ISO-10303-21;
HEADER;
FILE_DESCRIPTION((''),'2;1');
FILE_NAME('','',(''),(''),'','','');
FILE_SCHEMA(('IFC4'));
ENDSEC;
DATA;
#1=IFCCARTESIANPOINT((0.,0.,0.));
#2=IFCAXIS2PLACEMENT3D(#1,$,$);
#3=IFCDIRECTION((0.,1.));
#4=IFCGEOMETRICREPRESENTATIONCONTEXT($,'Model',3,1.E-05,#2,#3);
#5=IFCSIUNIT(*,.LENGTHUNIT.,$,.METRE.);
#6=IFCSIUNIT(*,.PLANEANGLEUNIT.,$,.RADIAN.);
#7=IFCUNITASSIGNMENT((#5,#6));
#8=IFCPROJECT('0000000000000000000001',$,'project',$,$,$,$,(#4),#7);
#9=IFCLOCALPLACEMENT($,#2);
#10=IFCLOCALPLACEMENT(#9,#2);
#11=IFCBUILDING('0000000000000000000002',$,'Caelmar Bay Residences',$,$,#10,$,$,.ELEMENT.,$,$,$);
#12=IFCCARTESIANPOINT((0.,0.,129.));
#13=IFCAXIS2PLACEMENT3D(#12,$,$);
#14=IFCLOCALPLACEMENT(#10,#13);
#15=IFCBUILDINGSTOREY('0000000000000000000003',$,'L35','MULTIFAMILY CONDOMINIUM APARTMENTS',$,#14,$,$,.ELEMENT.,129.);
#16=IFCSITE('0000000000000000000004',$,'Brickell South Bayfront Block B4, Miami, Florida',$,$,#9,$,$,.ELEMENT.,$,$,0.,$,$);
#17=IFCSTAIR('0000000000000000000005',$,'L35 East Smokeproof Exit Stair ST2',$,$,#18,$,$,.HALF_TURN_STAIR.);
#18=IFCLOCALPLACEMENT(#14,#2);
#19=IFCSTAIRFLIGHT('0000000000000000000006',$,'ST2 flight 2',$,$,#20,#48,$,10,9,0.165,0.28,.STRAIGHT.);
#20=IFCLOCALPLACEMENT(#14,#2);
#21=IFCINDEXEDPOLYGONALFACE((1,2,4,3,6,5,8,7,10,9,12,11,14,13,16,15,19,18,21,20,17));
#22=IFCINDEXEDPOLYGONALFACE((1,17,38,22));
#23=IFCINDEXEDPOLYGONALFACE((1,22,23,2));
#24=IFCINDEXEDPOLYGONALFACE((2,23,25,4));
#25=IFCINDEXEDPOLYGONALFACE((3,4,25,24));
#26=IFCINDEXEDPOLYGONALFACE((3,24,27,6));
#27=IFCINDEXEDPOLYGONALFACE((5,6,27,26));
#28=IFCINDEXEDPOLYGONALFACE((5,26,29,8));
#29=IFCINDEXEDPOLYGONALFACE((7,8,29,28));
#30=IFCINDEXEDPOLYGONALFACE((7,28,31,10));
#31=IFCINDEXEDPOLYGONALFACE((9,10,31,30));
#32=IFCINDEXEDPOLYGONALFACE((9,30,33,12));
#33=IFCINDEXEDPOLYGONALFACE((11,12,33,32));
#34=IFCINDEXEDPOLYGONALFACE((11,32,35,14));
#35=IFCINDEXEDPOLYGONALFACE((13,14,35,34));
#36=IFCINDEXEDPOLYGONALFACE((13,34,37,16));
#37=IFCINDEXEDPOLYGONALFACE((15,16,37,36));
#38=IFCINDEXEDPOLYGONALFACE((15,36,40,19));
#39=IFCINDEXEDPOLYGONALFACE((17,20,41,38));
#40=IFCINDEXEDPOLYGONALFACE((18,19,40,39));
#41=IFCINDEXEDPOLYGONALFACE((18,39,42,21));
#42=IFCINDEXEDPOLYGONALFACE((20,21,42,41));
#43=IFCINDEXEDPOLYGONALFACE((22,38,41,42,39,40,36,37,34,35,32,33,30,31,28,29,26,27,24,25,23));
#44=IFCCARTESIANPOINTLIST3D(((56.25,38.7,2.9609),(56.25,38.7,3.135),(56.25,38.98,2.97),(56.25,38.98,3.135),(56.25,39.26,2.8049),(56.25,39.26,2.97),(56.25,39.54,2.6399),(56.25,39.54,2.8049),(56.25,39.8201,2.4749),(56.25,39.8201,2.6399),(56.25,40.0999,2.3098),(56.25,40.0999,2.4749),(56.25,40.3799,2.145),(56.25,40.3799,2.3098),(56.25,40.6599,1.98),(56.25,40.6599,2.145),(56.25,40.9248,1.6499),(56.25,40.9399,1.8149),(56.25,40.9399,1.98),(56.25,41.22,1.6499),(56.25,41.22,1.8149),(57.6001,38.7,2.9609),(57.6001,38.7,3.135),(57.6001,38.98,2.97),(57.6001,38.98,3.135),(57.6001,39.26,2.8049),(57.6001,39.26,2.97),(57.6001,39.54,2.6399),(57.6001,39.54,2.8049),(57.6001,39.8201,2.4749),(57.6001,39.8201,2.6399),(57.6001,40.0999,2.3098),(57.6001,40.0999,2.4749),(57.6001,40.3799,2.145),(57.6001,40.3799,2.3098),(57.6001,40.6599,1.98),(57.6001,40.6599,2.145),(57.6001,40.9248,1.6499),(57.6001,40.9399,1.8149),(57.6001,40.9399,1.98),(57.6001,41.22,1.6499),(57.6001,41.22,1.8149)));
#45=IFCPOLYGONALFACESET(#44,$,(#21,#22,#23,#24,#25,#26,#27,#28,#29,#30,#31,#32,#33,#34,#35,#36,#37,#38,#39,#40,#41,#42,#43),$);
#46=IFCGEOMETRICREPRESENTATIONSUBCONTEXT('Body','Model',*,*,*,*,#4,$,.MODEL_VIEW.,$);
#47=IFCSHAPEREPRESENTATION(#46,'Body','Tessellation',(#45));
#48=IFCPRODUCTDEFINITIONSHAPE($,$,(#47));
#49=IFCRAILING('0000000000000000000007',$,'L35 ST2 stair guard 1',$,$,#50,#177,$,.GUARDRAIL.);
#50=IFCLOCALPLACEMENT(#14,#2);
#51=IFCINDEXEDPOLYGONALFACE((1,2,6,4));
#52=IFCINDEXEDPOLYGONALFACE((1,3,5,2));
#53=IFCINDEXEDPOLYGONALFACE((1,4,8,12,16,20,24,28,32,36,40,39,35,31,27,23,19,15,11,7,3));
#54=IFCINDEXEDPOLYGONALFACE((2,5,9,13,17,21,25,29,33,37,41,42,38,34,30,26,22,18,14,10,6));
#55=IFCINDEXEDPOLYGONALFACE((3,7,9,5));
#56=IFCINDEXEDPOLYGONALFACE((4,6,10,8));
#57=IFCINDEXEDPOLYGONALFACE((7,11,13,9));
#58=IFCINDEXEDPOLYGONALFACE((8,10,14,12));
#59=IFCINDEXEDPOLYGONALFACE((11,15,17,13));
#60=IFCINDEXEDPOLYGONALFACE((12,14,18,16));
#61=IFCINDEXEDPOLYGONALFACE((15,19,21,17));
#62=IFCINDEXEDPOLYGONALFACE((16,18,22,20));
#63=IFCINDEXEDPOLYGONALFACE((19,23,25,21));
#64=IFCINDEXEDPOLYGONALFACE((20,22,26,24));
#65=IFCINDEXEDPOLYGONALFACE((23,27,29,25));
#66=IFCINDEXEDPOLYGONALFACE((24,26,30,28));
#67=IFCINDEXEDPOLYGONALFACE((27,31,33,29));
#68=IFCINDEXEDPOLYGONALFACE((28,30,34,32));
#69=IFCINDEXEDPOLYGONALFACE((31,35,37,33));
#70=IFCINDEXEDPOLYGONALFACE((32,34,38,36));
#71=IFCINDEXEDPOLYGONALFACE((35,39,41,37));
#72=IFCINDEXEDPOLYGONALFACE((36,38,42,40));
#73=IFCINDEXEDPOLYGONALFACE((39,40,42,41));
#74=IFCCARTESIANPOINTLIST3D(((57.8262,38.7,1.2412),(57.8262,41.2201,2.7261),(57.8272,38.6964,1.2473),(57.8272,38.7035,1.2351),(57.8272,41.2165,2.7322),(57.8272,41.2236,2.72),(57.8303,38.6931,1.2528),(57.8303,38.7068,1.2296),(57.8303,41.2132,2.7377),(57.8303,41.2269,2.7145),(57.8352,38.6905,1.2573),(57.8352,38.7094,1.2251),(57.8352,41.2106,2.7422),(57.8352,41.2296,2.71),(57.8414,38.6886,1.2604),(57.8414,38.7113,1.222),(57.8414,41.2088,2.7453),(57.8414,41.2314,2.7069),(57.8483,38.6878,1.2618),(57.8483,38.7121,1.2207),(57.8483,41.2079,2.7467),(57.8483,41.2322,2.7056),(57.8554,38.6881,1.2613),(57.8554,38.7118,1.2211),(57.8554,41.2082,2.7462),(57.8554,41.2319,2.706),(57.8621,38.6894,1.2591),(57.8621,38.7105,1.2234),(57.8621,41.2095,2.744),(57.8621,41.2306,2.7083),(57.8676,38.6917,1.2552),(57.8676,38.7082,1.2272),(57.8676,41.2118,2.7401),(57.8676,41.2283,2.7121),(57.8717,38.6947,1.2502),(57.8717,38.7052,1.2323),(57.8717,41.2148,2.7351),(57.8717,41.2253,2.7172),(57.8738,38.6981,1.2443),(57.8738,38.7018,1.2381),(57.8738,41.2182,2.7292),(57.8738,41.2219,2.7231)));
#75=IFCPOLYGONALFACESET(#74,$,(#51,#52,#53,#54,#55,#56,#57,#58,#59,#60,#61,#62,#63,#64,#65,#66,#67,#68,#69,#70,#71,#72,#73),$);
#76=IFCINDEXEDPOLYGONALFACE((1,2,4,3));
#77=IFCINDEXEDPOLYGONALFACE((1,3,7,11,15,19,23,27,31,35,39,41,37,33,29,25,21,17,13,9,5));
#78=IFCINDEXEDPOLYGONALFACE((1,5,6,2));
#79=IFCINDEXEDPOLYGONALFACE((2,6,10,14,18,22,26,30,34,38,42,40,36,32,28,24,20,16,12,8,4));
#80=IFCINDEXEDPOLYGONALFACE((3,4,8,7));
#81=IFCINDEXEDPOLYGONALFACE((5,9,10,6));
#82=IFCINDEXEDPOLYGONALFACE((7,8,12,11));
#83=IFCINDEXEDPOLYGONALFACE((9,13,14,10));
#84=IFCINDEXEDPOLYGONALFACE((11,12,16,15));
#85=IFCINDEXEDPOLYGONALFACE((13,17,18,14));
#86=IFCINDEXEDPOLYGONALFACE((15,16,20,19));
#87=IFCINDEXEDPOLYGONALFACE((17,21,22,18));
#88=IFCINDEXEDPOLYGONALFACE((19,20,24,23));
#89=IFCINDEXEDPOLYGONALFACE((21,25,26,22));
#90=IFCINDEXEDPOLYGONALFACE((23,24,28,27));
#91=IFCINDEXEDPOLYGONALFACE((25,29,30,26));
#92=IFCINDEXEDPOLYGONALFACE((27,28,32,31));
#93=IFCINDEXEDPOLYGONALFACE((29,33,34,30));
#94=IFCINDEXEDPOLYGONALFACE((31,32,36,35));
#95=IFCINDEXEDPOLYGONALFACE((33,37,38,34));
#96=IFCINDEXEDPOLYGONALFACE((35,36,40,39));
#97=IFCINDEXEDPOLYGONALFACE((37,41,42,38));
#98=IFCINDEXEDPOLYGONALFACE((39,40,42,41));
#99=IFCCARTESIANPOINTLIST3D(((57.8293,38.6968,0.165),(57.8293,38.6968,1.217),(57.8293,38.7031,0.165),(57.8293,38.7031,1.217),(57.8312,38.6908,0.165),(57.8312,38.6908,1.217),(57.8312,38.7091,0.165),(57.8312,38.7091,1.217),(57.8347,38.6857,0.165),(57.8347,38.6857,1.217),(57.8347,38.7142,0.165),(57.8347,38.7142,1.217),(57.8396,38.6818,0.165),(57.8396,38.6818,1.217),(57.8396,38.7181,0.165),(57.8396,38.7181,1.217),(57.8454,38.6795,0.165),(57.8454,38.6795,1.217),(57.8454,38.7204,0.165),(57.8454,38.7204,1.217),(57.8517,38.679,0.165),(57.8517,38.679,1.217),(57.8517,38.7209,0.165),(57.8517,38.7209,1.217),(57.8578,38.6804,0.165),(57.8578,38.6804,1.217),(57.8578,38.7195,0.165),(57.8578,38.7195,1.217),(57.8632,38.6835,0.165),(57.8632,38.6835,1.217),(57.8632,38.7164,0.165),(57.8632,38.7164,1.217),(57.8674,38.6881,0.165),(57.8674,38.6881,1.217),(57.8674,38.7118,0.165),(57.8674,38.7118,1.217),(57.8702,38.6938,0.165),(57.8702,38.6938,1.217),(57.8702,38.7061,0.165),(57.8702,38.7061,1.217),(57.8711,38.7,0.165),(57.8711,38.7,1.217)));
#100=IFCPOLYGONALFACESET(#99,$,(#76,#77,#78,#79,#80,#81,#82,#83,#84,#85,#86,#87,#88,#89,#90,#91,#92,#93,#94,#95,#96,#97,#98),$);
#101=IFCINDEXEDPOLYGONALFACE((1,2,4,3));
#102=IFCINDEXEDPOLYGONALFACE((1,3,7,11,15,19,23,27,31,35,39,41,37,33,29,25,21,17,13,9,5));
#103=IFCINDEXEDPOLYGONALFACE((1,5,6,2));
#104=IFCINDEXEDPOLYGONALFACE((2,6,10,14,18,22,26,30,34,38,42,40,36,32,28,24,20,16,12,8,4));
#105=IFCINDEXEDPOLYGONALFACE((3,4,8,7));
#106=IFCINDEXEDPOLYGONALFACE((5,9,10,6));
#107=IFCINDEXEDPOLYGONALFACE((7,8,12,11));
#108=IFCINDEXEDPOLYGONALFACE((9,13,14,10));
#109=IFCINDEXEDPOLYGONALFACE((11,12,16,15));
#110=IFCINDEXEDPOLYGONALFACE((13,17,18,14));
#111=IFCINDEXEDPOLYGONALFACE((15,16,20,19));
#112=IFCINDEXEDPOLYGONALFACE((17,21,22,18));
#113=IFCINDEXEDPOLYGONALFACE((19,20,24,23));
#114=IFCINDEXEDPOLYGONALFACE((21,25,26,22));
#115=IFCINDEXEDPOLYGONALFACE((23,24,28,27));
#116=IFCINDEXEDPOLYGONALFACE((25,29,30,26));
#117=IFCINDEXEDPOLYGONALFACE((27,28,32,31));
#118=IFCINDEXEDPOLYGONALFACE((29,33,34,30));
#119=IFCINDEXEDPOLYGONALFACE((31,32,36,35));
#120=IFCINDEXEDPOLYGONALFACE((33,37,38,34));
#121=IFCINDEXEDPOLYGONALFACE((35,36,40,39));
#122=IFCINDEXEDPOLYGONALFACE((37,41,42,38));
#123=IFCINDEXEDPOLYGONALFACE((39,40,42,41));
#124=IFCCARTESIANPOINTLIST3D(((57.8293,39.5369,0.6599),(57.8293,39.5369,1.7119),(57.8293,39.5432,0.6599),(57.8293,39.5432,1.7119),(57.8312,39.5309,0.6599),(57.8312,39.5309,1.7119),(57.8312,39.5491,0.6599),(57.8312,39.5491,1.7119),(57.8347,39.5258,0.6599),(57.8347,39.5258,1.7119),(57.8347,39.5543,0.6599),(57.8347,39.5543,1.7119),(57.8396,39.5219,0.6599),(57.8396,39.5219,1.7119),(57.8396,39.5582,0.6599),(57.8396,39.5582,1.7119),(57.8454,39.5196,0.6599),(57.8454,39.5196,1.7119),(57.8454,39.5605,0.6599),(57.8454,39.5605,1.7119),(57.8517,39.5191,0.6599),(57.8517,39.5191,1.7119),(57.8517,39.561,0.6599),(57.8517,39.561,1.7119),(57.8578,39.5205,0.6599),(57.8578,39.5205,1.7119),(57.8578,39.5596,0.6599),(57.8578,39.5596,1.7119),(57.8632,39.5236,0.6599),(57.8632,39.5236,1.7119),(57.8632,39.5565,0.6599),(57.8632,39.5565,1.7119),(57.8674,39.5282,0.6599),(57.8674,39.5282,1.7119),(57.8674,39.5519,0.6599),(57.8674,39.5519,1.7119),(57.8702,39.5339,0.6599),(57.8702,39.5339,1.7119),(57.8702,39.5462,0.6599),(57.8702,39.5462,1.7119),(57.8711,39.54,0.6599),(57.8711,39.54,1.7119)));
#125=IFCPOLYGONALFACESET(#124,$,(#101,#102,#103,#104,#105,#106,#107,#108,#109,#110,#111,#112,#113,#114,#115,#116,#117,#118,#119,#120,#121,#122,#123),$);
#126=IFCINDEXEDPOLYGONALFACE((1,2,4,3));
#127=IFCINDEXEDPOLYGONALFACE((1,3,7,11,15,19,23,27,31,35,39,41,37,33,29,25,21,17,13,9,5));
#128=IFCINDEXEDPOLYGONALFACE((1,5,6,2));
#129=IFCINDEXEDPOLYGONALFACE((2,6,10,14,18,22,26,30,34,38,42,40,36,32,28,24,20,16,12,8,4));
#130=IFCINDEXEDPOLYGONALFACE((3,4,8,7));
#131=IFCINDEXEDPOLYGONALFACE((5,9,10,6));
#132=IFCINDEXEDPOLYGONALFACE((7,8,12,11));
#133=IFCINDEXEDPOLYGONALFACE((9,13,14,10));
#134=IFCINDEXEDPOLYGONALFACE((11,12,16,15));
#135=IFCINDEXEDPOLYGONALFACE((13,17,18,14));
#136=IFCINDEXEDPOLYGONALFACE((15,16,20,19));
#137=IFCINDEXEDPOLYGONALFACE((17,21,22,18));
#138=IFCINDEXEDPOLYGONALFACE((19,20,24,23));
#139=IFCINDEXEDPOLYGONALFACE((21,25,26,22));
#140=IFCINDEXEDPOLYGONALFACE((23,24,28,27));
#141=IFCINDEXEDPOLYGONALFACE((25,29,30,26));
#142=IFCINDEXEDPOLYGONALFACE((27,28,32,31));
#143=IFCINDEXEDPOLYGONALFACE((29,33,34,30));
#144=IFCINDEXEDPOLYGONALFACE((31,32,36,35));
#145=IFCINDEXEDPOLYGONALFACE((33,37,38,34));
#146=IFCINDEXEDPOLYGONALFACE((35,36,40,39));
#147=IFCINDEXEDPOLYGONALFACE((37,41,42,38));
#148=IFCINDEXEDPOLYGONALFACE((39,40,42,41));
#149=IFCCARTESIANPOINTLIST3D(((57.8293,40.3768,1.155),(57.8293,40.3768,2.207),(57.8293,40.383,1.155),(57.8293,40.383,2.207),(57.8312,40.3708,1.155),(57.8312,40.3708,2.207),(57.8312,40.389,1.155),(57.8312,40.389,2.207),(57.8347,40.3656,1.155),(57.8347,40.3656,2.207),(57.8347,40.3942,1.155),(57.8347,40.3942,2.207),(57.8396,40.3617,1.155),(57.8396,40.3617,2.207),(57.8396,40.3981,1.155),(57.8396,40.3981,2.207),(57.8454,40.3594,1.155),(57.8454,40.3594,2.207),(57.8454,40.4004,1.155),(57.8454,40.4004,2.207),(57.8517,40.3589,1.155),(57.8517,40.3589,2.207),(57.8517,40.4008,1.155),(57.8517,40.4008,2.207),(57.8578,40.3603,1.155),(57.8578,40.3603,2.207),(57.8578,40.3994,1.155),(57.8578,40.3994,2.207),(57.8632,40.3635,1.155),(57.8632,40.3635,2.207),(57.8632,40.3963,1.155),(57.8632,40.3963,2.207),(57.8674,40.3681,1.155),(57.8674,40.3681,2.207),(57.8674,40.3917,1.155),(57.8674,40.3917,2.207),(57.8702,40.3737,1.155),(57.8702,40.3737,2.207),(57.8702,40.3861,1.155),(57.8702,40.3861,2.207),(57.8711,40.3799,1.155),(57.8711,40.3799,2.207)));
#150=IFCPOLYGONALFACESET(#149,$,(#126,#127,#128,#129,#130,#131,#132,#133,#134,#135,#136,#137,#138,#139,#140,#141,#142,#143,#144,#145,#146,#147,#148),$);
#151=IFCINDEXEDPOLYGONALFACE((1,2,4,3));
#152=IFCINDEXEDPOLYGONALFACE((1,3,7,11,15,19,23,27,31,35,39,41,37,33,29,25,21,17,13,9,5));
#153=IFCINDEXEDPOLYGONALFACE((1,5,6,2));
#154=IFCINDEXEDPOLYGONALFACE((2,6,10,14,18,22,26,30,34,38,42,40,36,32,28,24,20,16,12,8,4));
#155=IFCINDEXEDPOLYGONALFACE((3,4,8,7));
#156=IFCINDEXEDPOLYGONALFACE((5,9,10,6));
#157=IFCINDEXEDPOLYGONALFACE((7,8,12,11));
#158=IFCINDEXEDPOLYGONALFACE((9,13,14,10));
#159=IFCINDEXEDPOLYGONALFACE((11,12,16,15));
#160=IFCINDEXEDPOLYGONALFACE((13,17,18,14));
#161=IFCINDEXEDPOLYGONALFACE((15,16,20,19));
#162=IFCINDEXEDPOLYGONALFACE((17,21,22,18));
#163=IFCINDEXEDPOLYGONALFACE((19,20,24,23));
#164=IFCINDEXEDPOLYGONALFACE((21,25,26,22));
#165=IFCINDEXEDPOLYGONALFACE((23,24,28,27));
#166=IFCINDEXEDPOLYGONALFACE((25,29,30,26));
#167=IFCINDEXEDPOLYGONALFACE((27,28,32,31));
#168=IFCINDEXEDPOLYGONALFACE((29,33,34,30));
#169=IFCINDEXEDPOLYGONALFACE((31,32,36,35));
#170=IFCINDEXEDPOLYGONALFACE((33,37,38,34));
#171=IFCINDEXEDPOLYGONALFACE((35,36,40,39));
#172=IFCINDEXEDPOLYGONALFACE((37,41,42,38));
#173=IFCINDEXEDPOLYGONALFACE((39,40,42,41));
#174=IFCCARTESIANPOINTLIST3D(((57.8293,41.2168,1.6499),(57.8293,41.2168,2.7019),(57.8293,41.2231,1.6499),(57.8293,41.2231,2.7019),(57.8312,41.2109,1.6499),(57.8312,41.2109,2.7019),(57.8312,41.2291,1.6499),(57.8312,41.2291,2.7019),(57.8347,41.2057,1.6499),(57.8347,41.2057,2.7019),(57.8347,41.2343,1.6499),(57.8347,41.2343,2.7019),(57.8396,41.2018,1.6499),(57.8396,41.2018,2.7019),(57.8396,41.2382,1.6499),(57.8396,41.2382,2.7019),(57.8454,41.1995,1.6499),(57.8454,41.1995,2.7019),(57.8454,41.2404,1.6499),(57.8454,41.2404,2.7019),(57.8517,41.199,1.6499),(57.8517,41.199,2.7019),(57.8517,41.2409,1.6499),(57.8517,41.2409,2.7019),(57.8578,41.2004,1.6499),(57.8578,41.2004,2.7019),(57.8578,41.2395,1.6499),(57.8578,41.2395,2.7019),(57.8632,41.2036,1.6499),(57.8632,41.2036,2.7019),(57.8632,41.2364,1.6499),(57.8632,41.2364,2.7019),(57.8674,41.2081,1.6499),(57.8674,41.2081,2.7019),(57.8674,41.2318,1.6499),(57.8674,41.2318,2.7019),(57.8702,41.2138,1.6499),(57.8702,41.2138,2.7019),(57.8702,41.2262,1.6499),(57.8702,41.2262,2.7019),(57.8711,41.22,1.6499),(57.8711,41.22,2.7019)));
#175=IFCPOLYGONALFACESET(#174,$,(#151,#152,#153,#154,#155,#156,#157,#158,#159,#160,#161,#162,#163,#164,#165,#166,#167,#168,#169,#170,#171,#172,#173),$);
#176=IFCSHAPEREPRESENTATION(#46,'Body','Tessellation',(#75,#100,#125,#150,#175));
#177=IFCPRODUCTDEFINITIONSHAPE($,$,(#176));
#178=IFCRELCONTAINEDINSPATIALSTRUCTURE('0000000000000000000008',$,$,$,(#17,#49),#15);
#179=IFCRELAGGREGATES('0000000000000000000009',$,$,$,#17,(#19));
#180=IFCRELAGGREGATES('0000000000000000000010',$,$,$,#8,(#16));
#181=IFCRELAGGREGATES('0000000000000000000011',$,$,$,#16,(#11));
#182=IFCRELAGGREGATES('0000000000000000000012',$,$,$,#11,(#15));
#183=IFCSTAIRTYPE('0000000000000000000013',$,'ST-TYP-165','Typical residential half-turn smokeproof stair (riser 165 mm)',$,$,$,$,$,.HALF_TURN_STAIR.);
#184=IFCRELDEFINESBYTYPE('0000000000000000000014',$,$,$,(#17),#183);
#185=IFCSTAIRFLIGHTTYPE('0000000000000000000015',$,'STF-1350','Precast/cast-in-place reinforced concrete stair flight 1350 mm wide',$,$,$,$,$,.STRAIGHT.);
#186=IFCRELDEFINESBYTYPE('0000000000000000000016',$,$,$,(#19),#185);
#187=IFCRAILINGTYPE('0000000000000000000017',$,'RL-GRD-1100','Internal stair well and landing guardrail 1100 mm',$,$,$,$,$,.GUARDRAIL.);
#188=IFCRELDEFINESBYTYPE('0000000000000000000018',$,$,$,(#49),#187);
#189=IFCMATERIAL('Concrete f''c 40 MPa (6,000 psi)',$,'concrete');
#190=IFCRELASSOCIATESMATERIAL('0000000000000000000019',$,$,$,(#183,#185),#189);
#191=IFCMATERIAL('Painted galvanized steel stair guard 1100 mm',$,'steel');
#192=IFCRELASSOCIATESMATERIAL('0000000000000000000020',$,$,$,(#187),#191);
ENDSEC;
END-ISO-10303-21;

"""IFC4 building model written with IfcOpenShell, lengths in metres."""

from ifc_helpers import new_model, si_unit, direction, frame, origin, origin_2d, place, context, subcontext, project, spatial, polyline, circle, outline, extrude, material, type_object, element, aggregate, save


model = new_model("IFC4")

# Units and contexts
model_context = context("Model", 3, precision=1e-05, world=origin(), true_north=direction((0.0, 1.0)))
body_context = subcontext(model_context, "Body", "Model", "MODEL_VIEW")
ifc_project = project(units=[si_unit("LENGTHUNIT", "METRE"), si_unit("PLANEANGLEUNIT", "RADIAN")], contexts=[model_context])

# Site, building, storey
site_placement = place(None, origin())
site = spatial("IfcSite", under=ifc_project, at=site_placement, Name="Brickell South Bayfront Block B4, Miami, Florida", CompositionType="ELEMENT", RefElevation=0.0)
building_placement = place(site_placement, origin())
building = spatial("IfcBuilding", under=site, at=building_placement, Name="Caelmar Bay Residences", CompositionType="ELEMENT")
storey_placement = place(building_placement, frame((0.0, 0.0, 129.0)))
storey = spatial("IfcBuildingStorey", under=building, at=storey_placement, Name="L35", Description="MULTIFAMILY CONDOMINIUM APARTMENTS", CompositionType="ELEMENT", Elevation=129.0)

# Stair, stair flight
ifc_material_1 = material(Name="Concrete f'c 40 MPa (6,000 psi)", Category="concrete")
stair_type = type_object("IfcStairType", Name="ST-TYP-165", Description="Typical residential half-turn smokeproof stair (riser 165 mm)", PredefinedType="HALF_TURN_STAIR", material=ifc_material_1)
stair_placement = place(storey_placement, origin())
stair = element("IfcStair", 1, at=stair_placement, inside=storey, type_object=stair_type, Name="L35 East Smokeproof Exit Stair ST2", PredefinedType="HALF_TURN_STAIR")
stair_flight_type = type_object("IfcStairFlightType", Name="STF-1350", Description="Precast/cast-in-place reinforced concrete stair flight 1350 mm wide", PredefinedType="STRAIGHT", material=ifc_material_1)
stair_flight_1_placement = place(storey_placement, frame((56.925, 41.22, 1.6499), z_axis=(0.0, 0.0, 1.0), x_axis=(0.0, -1.0, 0.0)))
stair_flight_1 = element("IfcStairFlight", 2, at=stair_flight_1_placement, type_object=stair_flight_type, Name="ST2 flight 2", NumberOfRisers=10, NumberOfTreads=9, PredefinedType="STRAIGHT", RiserHeight=0.165, TreadLength=0.28, context=body_context, shape_type="SweptSolid", body=[
    extrude(outline(polyline([(0.0, 0.0), (0.0, 0.165), (0.28, 0.165), (0.28, 0.3301), (0.5601, 0.3301), (0.5601, 0.4951), (0.8401, 0.4951), (0.8401, 0.6599), (1.1201, 0.6599), (1.1201, 0.825), (1.3999, 0.825), (1.3999, 0.99), (1.6799, 0.99), (1.6799, 1.155), (1.96, 1.155), (1.96, 1.3201), (2.24, 1.3201), (2.24, 1.4851), (2.52, 1.4851), (2.52, 1.6499), (2.52, 1.311), (0.2952, 0.0), (0.0, 0.0)])), frame((0.0, 0.675, 0.0), z_axis=(0.0, -1.0, 0.0), x_axis=(1.0, 0.0, 0.0)), (0.0, 0.0, 1.0), 1.3501),
])
aggregate(stair, [stair_flight_1])

# Railing
ifc_material_2 = material(Name="Painted galvanized steel stair guard 1100 mm", Category="steel")
railing_type_1 = type_object("IfcRailingType", Name="RL-GRD-1100", Description="Internal stair well and landing guardrail 1100 mm", PredefinedType="GUARDRAIL", material=ifc_material_2)
railing_1_placement = place(storey_placement, frame((57.8501, 38.7, 0.165)))
element("IfcRailing", 3, at=railing_1_placement, inside=storey, type_object=railing_type_1, Name="L35 ST2 stair guard 1", PredefinedType="GUARDRAIL", context=body_context, shape_type="SweptSolid", body=[
    extrude(circle(Radius=0.0239, at=origin_2d()), frame((0.0, 0.0, 1.0762), z_axis=(0.0, 0.861561, 0.507655), x_axis=(-1.0, 0.0, 0.0)), (0.0, 0.0, 1.0), 2.925),
    extrude(circle(Radius=0.021, at=origin_2d()), origin(), (0.0, 0.0, 1.0), 1.052),
    extrude(circle(Radius=0.021, at=origin_2d()), frame((0.0, 0.8401, 0.4949)), (0.0, 0.0, 1.0), 1.052),
    extrude(circle(Radius=0.021, at=origin_2d()), frame((0.0, 1.6799, 0.99)), (0.0, 0.0, 1.0), 1.052),
    extrude(circle(Radius=0.021, at=origin_2d()), frame((0.0, 2.52, 1.4849)), (0.0, 0.0, 1.0), 1.052),
])

save(model, "model.ifc")
